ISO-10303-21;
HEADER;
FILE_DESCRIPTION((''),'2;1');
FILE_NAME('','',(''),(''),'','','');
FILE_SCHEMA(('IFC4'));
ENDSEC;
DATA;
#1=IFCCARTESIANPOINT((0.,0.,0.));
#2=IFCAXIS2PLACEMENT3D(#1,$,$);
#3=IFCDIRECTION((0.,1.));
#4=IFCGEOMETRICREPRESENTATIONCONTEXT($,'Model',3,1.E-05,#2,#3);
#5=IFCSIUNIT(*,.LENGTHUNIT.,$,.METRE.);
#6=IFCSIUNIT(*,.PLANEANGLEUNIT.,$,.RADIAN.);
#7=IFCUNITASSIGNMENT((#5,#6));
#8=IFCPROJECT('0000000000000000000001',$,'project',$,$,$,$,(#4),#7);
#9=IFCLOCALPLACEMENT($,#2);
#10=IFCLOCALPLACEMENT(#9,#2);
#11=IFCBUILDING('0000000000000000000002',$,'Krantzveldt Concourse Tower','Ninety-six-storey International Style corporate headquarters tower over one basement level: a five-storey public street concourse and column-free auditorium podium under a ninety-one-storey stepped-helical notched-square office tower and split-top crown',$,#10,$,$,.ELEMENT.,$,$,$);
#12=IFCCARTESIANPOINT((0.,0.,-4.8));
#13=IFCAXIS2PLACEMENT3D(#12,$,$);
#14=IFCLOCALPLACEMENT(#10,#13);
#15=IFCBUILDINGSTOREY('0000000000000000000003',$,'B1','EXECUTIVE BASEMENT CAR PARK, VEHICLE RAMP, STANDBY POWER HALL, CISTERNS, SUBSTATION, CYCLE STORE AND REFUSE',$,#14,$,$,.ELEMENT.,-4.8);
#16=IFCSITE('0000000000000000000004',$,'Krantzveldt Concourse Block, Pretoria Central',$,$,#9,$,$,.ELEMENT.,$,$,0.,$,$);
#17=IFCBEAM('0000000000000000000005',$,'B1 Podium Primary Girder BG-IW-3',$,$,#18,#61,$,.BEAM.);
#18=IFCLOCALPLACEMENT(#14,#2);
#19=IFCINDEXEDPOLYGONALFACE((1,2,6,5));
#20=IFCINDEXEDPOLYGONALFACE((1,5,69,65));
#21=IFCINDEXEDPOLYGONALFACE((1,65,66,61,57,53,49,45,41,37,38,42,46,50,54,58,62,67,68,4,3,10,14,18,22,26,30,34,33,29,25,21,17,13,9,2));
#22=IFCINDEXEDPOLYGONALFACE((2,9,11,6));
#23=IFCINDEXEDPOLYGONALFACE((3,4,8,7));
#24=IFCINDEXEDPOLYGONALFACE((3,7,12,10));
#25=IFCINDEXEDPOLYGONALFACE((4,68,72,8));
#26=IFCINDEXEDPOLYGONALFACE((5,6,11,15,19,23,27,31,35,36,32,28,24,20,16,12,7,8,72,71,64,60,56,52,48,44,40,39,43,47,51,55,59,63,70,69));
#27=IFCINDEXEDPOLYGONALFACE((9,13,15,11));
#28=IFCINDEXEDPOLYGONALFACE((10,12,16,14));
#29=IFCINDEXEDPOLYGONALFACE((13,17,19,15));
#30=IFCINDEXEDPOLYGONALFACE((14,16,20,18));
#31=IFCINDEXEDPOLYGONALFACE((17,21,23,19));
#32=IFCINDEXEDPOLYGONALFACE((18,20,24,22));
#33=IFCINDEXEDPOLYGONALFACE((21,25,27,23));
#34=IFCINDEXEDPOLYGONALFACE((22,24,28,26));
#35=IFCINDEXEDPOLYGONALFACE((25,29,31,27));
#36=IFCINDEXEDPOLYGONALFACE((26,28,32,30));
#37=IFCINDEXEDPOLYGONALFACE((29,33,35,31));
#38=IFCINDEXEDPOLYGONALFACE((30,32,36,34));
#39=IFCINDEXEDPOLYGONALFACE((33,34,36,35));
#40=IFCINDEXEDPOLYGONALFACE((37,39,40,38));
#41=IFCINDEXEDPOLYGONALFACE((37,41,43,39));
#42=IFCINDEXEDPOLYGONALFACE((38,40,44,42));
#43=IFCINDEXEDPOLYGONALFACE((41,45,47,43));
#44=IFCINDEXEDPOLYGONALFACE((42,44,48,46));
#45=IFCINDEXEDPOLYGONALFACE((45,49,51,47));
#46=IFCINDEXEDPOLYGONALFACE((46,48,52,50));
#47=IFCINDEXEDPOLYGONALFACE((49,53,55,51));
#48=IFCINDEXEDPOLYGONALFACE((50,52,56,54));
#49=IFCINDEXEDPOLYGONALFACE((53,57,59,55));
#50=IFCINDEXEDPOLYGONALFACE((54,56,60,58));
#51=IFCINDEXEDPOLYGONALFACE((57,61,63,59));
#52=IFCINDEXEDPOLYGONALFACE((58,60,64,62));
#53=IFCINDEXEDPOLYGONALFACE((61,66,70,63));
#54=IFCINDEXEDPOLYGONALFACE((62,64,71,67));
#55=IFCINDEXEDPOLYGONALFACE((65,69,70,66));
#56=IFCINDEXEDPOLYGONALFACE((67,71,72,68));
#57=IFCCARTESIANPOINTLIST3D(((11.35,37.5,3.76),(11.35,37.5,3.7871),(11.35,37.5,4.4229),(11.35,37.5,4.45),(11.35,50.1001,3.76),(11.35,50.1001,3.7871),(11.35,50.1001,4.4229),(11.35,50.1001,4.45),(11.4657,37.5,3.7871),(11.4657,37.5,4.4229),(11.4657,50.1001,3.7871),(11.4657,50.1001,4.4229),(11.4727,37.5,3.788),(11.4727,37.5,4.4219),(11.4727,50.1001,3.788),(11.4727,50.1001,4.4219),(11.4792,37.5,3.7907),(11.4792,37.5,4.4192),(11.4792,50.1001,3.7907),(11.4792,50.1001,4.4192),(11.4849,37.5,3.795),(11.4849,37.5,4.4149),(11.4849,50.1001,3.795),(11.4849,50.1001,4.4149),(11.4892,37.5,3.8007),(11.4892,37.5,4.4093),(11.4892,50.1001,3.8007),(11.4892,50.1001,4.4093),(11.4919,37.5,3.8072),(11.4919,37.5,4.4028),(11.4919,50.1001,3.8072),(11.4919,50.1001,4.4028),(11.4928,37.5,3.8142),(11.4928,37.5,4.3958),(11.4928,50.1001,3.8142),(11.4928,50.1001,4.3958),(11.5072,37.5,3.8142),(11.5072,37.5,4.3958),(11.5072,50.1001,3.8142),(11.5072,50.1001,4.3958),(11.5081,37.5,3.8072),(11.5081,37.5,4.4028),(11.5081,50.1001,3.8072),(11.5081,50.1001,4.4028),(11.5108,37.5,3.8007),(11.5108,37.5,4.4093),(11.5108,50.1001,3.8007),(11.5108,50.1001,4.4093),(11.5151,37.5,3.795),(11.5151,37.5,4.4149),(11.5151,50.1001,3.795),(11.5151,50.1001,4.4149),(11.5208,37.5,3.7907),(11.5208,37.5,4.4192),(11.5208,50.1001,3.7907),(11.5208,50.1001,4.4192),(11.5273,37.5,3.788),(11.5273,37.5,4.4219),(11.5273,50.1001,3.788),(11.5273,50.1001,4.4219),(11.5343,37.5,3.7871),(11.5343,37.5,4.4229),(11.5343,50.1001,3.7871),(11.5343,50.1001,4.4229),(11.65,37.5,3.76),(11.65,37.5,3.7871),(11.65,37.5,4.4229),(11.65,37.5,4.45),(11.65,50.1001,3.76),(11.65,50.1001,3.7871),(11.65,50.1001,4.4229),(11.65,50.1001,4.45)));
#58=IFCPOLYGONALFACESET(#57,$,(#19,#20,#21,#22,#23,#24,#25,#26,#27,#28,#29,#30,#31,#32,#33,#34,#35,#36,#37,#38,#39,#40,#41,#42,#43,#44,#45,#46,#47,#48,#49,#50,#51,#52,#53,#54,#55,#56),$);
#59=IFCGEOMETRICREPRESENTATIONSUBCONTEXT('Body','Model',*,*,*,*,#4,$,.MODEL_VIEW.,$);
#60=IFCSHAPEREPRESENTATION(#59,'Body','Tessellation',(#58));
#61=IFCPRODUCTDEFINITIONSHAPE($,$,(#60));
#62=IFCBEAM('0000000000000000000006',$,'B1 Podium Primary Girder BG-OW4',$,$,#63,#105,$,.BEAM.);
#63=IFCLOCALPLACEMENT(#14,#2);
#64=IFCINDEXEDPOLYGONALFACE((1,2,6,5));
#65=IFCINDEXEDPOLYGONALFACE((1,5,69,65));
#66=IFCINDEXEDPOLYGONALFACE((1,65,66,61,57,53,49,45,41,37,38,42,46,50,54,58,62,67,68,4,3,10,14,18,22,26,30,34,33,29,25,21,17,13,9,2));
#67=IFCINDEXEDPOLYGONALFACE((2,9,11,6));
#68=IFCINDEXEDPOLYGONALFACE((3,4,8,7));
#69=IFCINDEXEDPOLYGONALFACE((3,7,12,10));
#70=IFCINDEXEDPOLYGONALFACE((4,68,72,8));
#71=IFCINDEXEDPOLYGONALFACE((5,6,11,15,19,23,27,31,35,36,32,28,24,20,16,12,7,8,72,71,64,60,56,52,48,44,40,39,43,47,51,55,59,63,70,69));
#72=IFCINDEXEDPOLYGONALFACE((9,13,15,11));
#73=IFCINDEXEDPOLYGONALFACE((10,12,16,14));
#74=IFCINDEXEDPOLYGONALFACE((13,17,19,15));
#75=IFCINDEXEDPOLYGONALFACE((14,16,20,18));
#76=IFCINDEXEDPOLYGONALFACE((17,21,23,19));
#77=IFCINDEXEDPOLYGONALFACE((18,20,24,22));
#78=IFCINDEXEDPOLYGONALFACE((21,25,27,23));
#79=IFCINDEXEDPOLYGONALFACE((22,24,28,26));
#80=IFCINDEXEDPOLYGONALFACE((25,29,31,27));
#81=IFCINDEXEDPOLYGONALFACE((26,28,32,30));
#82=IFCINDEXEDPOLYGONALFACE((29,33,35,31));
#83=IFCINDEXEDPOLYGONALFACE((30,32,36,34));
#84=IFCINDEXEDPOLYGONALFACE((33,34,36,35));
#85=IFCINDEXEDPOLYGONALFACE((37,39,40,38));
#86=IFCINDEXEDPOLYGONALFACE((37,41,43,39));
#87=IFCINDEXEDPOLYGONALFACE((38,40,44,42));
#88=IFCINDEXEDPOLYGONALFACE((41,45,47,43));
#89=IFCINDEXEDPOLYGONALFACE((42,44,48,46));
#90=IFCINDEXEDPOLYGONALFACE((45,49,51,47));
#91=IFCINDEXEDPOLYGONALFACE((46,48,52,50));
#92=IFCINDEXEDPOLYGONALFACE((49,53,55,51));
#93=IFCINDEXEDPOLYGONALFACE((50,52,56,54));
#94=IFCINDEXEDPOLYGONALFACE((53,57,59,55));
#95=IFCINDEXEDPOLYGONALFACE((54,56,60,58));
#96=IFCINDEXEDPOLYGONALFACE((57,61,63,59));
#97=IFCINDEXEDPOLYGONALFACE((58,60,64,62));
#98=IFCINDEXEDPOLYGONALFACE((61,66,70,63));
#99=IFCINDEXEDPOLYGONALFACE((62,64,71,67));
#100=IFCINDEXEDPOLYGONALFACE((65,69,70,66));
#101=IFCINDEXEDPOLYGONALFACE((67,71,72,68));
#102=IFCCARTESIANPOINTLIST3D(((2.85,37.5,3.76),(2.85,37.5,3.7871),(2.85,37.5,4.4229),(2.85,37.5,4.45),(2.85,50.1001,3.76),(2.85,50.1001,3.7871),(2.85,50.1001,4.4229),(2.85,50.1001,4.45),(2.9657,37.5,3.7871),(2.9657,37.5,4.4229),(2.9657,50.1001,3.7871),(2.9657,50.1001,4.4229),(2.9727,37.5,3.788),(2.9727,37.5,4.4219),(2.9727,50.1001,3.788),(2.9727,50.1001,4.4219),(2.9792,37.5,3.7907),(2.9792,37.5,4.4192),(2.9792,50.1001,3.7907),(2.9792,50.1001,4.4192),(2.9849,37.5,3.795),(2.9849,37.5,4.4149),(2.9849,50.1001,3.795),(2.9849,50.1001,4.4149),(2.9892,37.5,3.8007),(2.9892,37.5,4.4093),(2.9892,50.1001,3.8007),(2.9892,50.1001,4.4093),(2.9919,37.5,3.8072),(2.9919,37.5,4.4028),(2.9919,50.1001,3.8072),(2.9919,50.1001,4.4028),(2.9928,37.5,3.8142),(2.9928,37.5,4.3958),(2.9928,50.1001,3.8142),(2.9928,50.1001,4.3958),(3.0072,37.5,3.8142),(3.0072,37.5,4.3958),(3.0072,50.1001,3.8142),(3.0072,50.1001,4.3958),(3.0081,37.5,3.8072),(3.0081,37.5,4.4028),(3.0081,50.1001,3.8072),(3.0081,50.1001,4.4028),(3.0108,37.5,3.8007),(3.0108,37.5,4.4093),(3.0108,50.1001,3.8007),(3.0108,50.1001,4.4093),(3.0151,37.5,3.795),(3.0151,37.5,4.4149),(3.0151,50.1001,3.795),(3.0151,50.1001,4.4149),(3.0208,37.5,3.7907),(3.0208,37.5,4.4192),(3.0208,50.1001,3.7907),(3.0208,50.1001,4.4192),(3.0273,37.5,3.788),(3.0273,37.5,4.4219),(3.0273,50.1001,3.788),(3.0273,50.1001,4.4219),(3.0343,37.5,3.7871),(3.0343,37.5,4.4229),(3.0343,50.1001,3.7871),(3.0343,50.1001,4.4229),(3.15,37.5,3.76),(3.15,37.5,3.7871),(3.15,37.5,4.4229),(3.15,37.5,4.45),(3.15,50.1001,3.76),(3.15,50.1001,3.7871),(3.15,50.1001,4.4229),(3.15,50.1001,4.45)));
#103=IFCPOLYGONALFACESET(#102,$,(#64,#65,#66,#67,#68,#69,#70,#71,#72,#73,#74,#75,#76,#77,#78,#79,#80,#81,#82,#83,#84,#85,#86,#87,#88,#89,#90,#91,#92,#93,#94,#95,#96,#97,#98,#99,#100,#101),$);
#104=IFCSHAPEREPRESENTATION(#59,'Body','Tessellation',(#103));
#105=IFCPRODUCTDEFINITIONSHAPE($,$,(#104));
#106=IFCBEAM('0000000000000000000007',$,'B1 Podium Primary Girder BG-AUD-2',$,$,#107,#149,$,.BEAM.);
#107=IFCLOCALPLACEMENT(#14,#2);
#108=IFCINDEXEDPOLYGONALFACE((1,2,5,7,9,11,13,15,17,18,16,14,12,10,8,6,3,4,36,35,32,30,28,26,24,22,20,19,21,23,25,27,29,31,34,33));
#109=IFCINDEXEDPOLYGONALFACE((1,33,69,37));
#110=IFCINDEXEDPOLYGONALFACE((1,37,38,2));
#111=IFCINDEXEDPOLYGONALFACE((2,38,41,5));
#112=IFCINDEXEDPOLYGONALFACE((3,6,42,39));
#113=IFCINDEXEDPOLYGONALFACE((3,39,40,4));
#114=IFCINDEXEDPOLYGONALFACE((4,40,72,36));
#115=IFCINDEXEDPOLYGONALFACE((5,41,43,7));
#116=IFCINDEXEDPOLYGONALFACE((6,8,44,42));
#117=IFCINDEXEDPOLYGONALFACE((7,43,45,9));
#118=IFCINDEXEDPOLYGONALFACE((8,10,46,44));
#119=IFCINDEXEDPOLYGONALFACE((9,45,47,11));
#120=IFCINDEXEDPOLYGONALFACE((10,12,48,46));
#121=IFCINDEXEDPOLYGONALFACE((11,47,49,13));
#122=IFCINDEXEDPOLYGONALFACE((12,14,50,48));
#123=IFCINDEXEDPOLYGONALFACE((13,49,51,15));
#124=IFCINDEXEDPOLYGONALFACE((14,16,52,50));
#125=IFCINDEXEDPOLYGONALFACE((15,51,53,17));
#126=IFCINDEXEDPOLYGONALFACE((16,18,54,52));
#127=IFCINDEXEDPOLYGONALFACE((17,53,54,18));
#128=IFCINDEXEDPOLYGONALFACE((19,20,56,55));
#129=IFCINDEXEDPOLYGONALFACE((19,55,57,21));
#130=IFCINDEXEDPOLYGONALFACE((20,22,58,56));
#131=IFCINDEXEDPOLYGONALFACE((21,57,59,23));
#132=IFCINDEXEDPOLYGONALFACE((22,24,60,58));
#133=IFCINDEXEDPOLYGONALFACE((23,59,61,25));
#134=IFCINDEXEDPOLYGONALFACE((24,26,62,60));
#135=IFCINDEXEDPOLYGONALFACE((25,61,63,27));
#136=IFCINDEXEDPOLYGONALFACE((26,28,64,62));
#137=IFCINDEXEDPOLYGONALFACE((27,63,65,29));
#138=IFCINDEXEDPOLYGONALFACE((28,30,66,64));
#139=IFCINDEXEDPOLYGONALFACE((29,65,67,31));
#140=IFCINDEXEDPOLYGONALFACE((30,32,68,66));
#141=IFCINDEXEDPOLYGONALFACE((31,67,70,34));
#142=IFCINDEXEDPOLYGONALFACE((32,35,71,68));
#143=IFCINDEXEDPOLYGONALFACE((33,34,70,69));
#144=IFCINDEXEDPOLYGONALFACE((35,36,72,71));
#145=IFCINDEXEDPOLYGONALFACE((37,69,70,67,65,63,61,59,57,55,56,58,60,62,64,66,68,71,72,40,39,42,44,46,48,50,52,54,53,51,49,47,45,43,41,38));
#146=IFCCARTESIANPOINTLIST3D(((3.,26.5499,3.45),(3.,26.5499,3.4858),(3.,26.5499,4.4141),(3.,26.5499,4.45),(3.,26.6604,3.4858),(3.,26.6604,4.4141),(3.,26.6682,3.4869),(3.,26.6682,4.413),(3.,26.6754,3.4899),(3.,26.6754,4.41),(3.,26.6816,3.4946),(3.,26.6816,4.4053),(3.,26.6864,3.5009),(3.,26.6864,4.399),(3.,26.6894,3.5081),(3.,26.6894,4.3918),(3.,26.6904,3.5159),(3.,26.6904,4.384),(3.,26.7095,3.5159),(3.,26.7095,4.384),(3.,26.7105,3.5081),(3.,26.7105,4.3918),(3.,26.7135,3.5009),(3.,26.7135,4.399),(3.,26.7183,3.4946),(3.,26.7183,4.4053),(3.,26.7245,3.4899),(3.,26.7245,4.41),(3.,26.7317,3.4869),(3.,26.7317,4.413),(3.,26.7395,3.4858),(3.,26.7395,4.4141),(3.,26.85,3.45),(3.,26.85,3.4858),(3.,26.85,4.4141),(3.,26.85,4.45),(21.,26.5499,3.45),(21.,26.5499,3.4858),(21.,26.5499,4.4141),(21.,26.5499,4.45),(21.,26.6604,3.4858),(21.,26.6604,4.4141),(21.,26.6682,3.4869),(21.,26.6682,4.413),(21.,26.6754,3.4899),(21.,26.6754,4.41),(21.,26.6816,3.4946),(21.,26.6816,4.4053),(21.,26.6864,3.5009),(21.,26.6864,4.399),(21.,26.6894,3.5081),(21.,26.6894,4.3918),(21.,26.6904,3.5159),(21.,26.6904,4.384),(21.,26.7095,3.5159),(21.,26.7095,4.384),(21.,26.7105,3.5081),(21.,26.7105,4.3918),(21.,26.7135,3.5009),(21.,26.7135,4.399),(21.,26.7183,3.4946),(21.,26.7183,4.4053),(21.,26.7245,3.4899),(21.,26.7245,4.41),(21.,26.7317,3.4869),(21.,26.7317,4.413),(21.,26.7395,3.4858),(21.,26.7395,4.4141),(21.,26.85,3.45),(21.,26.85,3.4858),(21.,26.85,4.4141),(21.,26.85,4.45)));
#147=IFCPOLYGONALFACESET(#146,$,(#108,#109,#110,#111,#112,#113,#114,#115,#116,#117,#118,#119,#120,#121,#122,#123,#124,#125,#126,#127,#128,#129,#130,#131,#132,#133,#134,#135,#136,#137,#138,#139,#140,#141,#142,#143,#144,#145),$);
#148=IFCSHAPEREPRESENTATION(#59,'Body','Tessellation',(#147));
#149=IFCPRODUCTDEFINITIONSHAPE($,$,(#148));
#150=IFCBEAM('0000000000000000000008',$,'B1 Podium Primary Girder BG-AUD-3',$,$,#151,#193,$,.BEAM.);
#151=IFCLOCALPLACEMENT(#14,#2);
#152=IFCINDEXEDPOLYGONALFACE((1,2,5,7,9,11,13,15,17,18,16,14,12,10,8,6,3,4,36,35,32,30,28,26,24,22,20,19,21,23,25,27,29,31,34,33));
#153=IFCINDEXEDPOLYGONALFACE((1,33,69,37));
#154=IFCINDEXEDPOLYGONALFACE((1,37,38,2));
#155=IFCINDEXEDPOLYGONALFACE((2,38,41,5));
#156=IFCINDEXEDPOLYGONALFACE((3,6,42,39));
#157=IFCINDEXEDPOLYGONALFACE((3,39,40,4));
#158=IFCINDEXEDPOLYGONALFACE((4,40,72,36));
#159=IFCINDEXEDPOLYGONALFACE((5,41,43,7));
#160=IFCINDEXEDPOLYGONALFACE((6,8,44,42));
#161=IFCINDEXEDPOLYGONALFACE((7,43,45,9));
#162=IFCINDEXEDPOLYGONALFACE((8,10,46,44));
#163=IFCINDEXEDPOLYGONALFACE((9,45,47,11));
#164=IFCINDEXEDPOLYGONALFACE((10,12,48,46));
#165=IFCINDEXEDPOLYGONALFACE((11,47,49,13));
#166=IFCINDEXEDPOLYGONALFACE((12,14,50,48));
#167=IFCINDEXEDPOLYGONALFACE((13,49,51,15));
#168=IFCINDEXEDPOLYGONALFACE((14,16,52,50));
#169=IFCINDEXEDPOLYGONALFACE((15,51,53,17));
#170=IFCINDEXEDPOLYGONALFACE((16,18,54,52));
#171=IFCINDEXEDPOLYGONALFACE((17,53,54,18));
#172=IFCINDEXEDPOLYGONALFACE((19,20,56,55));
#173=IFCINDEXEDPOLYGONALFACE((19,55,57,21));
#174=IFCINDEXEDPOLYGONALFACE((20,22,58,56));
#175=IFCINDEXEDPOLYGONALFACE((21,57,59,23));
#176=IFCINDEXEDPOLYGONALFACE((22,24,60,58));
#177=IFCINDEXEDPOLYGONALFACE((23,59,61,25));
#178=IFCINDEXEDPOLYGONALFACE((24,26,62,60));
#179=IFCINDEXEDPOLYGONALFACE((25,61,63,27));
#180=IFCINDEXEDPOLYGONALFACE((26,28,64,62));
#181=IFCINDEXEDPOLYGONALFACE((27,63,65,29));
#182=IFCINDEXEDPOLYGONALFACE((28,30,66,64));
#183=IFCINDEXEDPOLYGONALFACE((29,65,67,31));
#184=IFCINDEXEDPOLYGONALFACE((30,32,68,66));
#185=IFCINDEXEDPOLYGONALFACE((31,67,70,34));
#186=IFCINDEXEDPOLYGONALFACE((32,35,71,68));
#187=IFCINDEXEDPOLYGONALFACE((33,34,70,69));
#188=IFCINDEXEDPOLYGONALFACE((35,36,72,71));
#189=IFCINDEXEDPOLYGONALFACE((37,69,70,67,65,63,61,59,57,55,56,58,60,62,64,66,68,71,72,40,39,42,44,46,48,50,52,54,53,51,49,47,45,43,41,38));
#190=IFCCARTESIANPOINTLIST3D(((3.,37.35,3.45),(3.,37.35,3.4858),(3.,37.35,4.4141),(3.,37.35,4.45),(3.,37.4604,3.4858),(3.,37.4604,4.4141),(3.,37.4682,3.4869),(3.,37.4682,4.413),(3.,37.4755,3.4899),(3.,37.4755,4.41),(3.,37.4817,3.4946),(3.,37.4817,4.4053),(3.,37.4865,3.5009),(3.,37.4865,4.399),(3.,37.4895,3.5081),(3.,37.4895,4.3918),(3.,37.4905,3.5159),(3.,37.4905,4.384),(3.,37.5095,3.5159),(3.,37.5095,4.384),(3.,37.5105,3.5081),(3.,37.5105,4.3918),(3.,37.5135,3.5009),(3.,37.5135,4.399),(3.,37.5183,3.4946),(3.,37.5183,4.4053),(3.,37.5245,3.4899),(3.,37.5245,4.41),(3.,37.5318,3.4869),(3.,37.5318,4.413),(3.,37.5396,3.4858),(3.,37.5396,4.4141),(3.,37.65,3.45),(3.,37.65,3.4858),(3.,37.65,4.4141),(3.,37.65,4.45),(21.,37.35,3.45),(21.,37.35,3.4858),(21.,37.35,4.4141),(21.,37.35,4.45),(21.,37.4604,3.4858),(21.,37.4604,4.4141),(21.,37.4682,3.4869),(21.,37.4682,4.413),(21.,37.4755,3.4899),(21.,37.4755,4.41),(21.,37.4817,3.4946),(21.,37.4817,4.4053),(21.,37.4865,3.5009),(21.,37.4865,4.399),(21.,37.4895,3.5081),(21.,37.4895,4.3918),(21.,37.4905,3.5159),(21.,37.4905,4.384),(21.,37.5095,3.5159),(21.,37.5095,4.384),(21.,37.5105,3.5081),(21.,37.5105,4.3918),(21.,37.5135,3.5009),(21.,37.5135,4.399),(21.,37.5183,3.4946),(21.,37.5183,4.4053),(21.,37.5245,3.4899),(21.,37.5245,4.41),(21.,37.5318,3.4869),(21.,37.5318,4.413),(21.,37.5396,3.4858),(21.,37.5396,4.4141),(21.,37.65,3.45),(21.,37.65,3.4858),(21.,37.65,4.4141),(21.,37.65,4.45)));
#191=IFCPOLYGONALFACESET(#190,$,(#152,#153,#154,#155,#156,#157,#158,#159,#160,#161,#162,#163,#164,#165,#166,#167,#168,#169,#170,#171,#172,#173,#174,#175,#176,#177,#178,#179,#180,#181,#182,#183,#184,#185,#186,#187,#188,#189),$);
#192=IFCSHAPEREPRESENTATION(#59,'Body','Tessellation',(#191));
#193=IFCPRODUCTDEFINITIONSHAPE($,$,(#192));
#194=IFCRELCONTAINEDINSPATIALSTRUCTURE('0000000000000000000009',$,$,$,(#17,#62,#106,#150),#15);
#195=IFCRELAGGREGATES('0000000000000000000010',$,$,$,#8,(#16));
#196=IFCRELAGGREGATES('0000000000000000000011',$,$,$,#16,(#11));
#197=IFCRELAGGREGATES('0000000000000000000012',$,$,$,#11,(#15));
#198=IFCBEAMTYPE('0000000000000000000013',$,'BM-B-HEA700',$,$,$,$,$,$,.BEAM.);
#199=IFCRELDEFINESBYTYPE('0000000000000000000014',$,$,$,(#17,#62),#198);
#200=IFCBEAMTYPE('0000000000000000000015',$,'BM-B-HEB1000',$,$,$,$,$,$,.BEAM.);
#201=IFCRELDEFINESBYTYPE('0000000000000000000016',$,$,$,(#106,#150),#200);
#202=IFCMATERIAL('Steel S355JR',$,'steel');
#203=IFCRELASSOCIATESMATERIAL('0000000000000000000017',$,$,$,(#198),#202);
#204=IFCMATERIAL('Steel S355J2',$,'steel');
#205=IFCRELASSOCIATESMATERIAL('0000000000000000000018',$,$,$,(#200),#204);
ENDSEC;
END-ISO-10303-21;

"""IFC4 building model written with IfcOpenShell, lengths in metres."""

from ifc_helpers import new_model, si_unit, direction, frame, origin, origin_2d, place, context, subcontext, project, spatial, i_section, extrude, source, transform, mapped, material, material_profile, profile_set, type_object, type_shapes, element, save


model = new_model("IFC4")

# Units and contexts
model_context = context("Model", 3, precision=1e-05, world=origin(), true_north=direction((0.0, 1.0)))
body_context = subcontext(model_context, "Body", "Model", "MODEL_VIEW")
ifc_project = project(units=[si_unit("LENGTHUNIT", "METRE"), si_unit("PLANEANGLEUNIT", "RADIAN")], contexts=[model_context])

# Site, building, storey
site_placement = place(None, origin())
site = spatial("IfcSite", under=ifc_project, at=site_placement, Name="Krantzveldt Concourse Block, Pretoria Central", CompositionType="ELEMENT", RefElevation=0.0)
building_placement = place(site_placement, origin())
building = spatial("IfcBuilding", under=site, at=building_placement, Name="Krantzveldt Concourse Tower", Description="Ninety-six-storey International Style corporate headquarters tower over one basement level: a five-storey public street concourse and column-free auditorium podium under a ninety-one-storey stepped-helical notched-square office tower and split-top crown", CompositionType="ELEMENT")
storey_placement = place(building_placement, frame((0.0, 0.0, -4.8)))
storey = spatial("IfcBuildingStorey", under=building, at=storey_placement, Name="B1", Description="EXECUTIVE BASEMENT CAR PARK, VEHICLE RAMP, STANDBY POWER HALL, CISTERNS, SUBSTATION, CYCLE STORE AND REFUSE", CompositionType="ELEMENT", Elevation=-4.8)

# Beams
ifc_material_1 = material(Name="Steel S355JR", Category="steel")
ifc_material_profile_1 = material_profile(ifc_material_1, i_section(OverallWidth=0.3, OverallDepth=0.6899, WebThickness=0.0144, FlangeThickness=0.0271, FilletRadius=0.0271, at=origin_2d()), Name="Steel S355JR", Category="steel")
ifc_profile_set_1 = profile_set([ifc_material_profile_1], Name="Steel S355JR - HEA 700")
beam_type_1 = type_object("IfcBeamType", Name="BM-B-HEA700", PredefinedType="BEAM", material=ifc_profile_set_1)
shared_shape_1 = source(origin(), body_context, "Body", "SweptSolid", [
    extrude(i_section(OverallWidth=0.3, OverallDepth=0.6899, WebThickness=0.0144, FlangeThickness=0.0271, FilletRadius=0.0271, at=origin_2d()), origin(), (0.0, 0.0, 1.0), 12.6001),
])
for number, where, z_axis, x_axis, name in (
    (1, (11.5, 37.5, 4.105), (0.0, 1.0, 0.0), (-1.0, 0.0, 0.0), "B1 Podium Primary Girder BG-IW-3"),
    (2, (3.0, 37.5, 4.105), (0.0, 1.0, 0.0), (-1.0, 0.0, 0.0), "B1 Podium Primary Girder BG-OW4"),
):
    element("IfcBeam", number, at=place(storey_placement, frame(where, z_axis=z_axis, x_axis=x_axis)), inside=storey, type_object=beam_type_1, Name=name, PredefinedType="BEAM", context=body_context, shape_type="MappedRepresentation", body=[
        mapped(shared_shape_1, transform((0.0, 0.0, 0.0), x_axis=(1.0, 0.0, 0.0), y_axis=(0.0, 1.0, 0.0), z_axis=(0.0, 0.0, 1.0), scale=1.0)),
    ])
ifc_material_2 = material(Name="Steel S355J2", Category="steel")
ifc_material_profile_2 = material_profile(ifc_material_2, i_section(OverallWidth=0.3, OverallDepth=1.0, WebThickness=0.019, FlangeThickness=0.0359, FilletRadius=0.03, at=origin_2d()), Name="Steel S355J2", Category="steel")
ifc_profile_set_2 = profile_set([ifc_material_profile_2], Name="Steel S355J2 - HEB 1000")
beam_type_2 = type_object("IfcBeamType", Name="BM-B-HEB1000", PredefinedType="BEAM", material=ifc_profile_set_2)
shared_shape_2 = source(origin(), body_context, "Body", "SweptSolid", [
    extrude(i_section(OverallWidth=0.3, OverallDepth=1.0, WebThickness=0.019, FlangeThickness=0.0359, FilletRadius=0.03, at=origin_2d()), origin(), (0.0, 0.0, 1.0), 18.0),
])
type_shapes(beam_type_2, [shared_shape_2])
for number, where, z_axis, x_axis, name in (
    (3, (3.0, 26.7, 3.95), (1.0, 0.0, 0.0), (0.0, 1.0, 0.0), "B1 Podium Primary Girder BG-AUD-2"),
    (4, (3.0, 37.5, 3.95), (1.0, 0.0, 0.0), (0.0, 1.0, 0.0), "B1 Podium Primary Girder BG-AUD-3"),
):
    element("IfcBeam", number, at=place(storey_placement, frame(where, z_axis=z_axis, x_axis=x_axis)), inside=storey, type_object=beam_type_2, Name=name, PredefinedType="BEAM", context=body_context, shape_type="MappedRepresentation", body=[
        mapped(shared_shape_2, transform((0.0, 0.0, 0.0), x_axis=(1.0, 0.0, 0.0), y_axis=(0.0, 1.0, 0.0), z_axis=(0.0, 0.0, 1.0), scale=1.0)),
    ])

save(model, "model.ifc")
